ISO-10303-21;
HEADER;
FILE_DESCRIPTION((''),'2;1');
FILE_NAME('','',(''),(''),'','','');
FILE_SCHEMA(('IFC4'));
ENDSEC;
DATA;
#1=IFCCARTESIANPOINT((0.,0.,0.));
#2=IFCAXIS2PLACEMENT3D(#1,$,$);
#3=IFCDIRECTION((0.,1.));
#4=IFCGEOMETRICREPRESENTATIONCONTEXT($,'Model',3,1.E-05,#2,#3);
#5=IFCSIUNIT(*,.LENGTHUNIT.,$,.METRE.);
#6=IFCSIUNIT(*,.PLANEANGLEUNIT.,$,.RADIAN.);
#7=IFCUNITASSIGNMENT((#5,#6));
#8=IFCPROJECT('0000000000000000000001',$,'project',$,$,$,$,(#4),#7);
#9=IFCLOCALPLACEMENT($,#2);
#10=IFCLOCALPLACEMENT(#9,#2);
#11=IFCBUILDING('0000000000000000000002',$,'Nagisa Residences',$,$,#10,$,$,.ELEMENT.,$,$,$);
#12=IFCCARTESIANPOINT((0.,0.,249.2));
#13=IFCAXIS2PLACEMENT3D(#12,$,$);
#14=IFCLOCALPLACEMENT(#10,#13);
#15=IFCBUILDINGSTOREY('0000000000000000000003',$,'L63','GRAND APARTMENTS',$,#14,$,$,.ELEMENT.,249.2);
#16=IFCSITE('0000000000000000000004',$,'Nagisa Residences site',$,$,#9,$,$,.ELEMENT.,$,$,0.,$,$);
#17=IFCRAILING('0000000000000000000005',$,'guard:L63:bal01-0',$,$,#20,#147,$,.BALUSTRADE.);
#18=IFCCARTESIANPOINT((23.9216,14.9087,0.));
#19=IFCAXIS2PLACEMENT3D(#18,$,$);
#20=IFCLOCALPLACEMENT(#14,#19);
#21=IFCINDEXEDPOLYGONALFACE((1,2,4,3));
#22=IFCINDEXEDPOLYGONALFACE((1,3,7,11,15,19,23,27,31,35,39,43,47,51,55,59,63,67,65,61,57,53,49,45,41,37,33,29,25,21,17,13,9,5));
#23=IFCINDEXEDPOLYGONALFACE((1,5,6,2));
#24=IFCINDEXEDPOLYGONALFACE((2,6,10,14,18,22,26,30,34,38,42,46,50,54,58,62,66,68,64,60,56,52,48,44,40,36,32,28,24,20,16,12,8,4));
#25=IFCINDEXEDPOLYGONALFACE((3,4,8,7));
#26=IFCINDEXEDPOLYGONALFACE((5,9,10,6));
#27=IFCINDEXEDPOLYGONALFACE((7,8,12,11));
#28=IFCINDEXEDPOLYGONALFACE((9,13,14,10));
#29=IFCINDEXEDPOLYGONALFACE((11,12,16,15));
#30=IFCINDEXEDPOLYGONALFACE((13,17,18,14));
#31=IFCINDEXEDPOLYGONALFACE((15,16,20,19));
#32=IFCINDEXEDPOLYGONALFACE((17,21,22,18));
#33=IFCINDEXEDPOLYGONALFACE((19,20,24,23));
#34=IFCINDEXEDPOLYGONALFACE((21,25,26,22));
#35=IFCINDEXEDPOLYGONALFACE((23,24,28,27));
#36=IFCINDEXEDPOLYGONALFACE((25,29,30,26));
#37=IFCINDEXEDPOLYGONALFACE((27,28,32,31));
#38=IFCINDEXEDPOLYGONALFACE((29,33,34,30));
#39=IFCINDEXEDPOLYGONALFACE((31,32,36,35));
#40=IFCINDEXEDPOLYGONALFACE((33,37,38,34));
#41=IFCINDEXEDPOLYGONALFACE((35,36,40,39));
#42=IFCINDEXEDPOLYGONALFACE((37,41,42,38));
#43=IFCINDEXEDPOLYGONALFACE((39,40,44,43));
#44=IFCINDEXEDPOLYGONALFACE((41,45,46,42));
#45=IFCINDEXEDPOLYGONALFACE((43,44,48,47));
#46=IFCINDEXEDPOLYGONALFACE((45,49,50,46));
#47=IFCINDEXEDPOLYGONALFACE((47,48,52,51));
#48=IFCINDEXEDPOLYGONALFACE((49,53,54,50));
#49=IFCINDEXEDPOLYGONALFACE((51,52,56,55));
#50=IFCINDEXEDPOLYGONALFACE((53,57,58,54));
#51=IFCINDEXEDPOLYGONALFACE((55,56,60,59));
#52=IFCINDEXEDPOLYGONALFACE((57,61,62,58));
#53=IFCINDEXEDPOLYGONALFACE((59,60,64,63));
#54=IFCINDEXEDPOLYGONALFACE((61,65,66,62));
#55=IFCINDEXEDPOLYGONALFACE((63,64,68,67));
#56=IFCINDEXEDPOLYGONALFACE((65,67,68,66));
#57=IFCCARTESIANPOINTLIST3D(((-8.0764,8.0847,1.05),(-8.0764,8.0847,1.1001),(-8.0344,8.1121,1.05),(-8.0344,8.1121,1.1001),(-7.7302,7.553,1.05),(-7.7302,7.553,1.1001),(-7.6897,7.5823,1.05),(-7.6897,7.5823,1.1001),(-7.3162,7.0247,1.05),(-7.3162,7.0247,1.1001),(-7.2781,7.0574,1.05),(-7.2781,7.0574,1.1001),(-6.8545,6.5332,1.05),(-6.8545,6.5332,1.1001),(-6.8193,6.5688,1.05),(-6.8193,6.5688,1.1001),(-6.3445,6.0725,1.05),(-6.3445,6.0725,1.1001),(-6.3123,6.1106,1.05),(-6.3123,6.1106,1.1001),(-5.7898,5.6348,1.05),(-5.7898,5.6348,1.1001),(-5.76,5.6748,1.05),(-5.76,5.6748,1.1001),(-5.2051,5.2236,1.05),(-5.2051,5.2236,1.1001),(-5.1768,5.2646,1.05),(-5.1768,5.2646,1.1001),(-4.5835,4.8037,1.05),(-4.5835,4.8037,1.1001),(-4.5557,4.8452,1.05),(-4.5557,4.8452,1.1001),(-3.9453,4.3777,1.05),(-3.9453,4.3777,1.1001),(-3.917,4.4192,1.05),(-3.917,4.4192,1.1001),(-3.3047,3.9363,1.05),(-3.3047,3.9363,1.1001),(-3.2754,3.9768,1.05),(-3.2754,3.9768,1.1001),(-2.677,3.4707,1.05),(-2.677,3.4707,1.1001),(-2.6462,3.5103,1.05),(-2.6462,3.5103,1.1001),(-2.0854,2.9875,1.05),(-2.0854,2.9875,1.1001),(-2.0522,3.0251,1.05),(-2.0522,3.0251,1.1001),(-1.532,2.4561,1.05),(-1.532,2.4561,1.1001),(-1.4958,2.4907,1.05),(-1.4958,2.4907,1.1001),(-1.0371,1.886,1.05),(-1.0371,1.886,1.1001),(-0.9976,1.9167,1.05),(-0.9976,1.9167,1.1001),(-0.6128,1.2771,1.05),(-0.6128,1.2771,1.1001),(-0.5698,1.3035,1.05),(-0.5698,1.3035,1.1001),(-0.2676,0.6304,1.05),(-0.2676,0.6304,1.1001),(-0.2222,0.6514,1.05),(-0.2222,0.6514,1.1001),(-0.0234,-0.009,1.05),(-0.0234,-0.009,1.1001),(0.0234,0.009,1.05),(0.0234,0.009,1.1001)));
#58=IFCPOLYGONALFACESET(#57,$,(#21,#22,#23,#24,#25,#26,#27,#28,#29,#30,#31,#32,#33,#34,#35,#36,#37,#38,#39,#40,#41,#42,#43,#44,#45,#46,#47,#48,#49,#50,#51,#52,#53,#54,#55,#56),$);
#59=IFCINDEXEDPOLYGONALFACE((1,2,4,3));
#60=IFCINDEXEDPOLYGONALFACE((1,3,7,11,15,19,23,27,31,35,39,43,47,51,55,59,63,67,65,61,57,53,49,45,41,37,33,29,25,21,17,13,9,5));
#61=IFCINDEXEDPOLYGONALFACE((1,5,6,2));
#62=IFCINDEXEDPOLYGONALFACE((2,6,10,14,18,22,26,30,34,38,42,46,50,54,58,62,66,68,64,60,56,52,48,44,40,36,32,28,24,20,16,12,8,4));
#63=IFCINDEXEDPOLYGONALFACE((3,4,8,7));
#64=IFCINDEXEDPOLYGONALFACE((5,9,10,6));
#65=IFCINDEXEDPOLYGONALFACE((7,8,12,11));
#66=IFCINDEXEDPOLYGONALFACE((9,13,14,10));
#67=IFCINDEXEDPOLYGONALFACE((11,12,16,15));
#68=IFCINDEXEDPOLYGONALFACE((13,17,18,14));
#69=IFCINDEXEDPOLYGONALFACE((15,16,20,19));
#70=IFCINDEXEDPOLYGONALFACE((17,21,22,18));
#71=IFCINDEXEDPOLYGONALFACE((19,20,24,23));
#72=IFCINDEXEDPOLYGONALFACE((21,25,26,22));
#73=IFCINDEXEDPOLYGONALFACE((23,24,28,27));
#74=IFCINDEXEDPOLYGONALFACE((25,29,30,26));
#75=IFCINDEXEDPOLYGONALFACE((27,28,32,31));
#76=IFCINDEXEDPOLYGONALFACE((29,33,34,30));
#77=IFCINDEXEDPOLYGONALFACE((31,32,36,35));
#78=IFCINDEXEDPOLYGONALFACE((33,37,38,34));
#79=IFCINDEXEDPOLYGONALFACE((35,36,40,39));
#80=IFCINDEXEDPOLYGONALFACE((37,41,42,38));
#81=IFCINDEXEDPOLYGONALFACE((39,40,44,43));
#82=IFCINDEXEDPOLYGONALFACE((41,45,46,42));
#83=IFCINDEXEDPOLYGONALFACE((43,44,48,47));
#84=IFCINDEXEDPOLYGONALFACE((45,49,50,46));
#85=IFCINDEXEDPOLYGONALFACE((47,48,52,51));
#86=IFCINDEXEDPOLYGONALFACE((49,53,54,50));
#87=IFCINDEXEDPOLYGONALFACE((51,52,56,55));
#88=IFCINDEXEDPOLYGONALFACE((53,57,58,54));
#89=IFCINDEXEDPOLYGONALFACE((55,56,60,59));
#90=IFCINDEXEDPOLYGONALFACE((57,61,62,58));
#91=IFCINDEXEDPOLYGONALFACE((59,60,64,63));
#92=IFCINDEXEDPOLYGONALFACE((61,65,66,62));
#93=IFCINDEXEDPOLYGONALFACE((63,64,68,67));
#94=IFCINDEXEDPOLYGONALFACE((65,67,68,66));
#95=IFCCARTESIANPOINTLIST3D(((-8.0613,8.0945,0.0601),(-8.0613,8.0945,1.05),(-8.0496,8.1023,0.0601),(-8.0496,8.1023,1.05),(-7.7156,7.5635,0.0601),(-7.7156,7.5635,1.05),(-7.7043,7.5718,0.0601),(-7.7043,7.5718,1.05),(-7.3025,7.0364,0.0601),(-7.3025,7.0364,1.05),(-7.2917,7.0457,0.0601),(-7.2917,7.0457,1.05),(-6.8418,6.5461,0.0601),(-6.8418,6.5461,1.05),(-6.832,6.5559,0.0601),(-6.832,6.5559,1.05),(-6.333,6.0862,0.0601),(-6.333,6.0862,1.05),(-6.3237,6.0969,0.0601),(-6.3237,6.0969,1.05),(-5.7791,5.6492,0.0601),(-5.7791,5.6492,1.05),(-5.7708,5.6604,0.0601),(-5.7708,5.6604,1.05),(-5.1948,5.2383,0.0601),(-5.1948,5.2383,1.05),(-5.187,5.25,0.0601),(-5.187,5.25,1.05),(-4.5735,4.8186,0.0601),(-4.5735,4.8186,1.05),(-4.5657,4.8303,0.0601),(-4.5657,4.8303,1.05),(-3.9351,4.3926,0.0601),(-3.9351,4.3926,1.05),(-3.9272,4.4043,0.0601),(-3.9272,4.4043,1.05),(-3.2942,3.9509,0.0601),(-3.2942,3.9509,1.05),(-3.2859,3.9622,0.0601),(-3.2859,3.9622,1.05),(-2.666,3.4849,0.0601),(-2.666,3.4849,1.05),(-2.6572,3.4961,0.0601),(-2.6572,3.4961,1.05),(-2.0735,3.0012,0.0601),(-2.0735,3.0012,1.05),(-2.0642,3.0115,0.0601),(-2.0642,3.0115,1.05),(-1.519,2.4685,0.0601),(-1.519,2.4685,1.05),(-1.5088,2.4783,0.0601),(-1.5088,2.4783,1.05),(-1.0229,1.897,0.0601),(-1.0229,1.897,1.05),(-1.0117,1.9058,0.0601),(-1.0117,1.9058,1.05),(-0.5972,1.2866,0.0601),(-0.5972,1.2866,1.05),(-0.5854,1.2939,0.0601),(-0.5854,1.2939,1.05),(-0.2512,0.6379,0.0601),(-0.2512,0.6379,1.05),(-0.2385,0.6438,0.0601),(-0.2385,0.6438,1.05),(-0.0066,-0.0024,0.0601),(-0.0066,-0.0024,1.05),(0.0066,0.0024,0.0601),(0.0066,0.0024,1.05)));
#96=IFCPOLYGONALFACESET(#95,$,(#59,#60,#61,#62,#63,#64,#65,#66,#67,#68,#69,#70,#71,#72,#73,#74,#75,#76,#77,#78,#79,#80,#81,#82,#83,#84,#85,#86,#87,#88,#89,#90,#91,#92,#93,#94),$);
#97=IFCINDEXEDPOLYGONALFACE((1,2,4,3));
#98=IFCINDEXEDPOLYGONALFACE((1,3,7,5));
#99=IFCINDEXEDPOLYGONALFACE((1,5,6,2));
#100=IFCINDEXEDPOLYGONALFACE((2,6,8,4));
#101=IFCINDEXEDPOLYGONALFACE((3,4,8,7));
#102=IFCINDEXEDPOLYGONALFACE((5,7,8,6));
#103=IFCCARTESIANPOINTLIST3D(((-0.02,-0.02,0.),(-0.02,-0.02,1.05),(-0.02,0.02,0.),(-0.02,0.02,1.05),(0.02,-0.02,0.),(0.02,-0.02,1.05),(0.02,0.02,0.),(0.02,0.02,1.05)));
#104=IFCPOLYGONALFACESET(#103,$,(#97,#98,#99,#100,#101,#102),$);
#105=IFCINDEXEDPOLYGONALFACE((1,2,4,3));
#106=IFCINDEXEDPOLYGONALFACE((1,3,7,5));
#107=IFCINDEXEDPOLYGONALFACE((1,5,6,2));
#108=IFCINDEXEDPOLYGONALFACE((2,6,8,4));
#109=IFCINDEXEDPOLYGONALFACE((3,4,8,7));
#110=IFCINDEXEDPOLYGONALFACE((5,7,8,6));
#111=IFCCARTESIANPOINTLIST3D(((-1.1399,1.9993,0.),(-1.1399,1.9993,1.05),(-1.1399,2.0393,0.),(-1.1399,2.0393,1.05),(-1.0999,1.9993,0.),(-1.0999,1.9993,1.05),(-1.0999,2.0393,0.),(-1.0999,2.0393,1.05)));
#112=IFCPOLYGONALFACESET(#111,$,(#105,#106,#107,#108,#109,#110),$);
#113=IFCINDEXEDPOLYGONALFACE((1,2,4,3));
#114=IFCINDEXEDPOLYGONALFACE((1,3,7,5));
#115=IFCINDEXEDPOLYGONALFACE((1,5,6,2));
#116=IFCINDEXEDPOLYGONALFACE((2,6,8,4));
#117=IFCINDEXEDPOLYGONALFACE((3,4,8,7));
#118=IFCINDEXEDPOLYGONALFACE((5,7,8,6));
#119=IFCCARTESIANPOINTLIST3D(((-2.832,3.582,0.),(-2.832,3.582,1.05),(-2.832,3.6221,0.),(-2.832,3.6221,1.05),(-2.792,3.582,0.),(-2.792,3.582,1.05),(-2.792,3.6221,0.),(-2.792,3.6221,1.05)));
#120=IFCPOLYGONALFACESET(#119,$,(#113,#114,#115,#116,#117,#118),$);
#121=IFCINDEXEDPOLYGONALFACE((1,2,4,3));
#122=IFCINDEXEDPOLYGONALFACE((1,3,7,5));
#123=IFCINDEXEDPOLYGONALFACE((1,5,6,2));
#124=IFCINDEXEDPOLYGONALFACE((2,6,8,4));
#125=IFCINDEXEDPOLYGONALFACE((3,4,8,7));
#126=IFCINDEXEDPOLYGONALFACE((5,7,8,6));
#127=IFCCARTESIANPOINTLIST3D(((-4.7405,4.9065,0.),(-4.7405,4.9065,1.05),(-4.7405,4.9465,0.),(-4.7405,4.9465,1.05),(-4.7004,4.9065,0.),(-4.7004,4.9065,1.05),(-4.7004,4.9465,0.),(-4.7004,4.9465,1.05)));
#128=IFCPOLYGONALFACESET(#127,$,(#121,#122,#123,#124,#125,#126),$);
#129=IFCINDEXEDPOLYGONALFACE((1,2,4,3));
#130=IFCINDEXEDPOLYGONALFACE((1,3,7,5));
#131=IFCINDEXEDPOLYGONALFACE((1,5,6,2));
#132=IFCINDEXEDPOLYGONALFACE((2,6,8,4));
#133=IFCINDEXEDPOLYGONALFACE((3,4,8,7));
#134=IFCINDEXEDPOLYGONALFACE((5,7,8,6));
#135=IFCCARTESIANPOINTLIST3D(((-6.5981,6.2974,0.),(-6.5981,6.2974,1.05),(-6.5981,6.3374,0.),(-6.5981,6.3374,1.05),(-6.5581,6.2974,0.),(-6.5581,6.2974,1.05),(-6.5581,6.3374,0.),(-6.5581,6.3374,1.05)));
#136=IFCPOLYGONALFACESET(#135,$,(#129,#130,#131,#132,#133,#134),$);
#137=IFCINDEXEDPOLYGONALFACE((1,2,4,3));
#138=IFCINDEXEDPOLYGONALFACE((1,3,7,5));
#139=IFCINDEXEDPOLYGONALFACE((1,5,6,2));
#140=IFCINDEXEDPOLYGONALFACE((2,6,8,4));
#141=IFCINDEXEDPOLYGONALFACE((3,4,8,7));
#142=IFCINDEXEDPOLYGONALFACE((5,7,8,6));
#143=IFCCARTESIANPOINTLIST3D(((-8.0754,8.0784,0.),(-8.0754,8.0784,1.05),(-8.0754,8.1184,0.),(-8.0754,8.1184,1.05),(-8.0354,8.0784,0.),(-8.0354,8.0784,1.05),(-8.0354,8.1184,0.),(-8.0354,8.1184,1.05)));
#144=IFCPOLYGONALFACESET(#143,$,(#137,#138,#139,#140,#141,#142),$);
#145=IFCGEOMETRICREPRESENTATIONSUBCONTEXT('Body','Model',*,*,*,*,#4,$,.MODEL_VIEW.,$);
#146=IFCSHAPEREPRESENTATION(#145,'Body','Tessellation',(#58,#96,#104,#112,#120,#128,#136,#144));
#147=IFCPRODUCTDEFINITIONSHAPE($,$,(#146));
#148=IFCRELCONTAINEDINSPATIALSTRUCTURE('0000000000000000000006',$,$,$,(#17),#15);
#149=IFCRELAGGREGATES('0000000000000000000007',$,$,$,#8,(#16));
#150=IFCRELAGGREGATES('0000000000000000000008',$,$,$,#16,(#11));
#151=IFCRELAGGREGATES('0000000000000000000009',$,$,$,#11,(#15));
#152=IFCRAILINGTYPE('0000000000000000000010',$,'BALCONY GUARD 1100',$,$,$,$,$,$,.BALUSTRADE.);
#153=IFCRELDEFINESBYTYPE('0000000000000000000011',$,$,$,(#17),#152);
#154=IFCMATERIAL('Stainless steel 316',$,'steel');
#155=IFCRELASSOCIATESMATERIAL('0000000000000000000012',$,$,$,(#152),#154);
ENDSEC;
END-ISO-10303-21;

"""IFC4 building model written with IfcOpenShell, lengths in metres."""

from ifc_helpers import new_model, si_unit, direction, frame, origin, origin_2d, place, context, subcontext, project, spatial, polyline, rectangle, outline, extrude, material, type_object, element, save


model = new_model("IFC4")

# Units and contexts
model_context = context("Model", 3, precision=1e-05, world=origin(), true_north=direction((0.0, 1.0)))
body_context = subcontext(model_context, "Body", "Model", "MODEL_VIEW")
ifc_project = project(units=[si_unit("LENGTHUNIT", "METRE"), si_unit("PLANEANGLEUNIT", "RADIAN")], contexts=[model_context])

# Site, building, storey
site_placement = place(None, origin())
site = spatial("IfcSite", under=ifc_project, at=site_placement, Name="Nagisa Residences site", CompositionType="ELEMENT", RefElevation=0.0)
building_placement = place(site_placement, origin())
building = spatial("IfcBuilding", under=site, at=building_placement, Name="Nagisa Residences", CompositionType="ELEMENT")
storey_placement = place(building_placement, frame((0.0, 0.0, 249.2)))
storey = spatial("IfcBuildingStorey", under=building, at=storey_placement, Name="L63", Description="GRAND APARTMENTS", CompositionType="ELEMENT", Elevation=249.2)

# Railing
ifc_material_1 = material(Name="Stainless steel 316", Category="steel")
railing_type = type_object("IfcRailingType", Name="BALCONY GUARD 1100", PredefinedType="BALUSTRADE", material=ifc_material_1)
railing_1_placement = place(storey_placement, frame((23.9216, 14.9087, 0.0)))
element("IfcRailing", 1, at=railing_1_placement, inside=storey, type_object=railing_type, Name="guard:L63:bal01-0", PredefinedType="BALUSTRADE", context=body_context, shape_type="SweptSolid", body=[
    extrude(outline(polyline([(-0.2676, 0.6304), (-0.0234, -0.009), (0.0234, 0.009), (-0.2222, 0.6514), (-0.5698, 1.3035), (-0.9976, 1.9167), (-1.4958, 2.4907), (-2.0522, 3.0251), (-2.6462, 3.5103), (-3.2754, 3.9768), (-3.917, 4.4192), (-4.5557, 4.8452), (-5.1768, 5.2646), (-5.76, 5.6748), (-6.3123, 6.1106), (-6.8193, 6.5688), (-7.2781, 7.0574), (-7.6897, 7.5823), (-8.0344, 8.1121), (-8.0764, 8.0847), (-7.7302, 7.553), (-7.3162, 7.0247), (-6.8545, 6.5332), (-6.3445, 6.0725), (-5.7898, 5.6348), (-5.2051, 5.2236), (-4.5835, 4.8037), (-3.9453, 4.3777), (-3.3047, 3.9363), (-2.677, 3.4707), (-2.0854, 2.9875), (-1.532, 2.4561), (-1.0371, 1.886), (-0.6128, 1.2771), (-0.2676, 0.6304)])), frame((0.0, 0.0, 1.05)), (0.0, 0.0, 1.0), 0.05),
    extrude(outline(polyline([(-0.2512, 0.6379), (-0.0066, -0.0024), (0.0066, 0.0024), (-0.2385, 0.6438), (-0.5854, 1.2939), (-1.0117, 1.9058), (-1.5088, 2.4783), (-2.0642, 3.0115), (-2.6572, 3.4961), (-3.2859, 3.9622), (-3.9272, 4.4043), (-4.5657, 4.8303), (-5.187, 5.25), (-5.7708, 5.6604), (-6.3237, 6.0969), (-6.832, 6.5559), (-7.2917, 7.0457), (-7.7043, 7.5718), (-8.0496, 8.1023), (-8.0613, 8.0945), (-7.7156, 7.5635), (-7.3025, 7.0364), (-6.8418, 6.5461), (-6.333, 6.0862), (-5.7791, 5.6492), (-5.1948, 5.2383), (-4.5735, 4.8186), (-3.9351, 4.3926), (-3.2942, 3.9509), (-2.666, 3.4849), (-2.0735, 3.0012), (-1.519, 2.4685), (-1.0229, 1.897), (-0.5972, 1.2866), (-0.2512, 0.6379)])), frame((0.0, 0.0, 0.0601)), (0.0, 0.0, 1.0), 0.99),
    extrude(rectangle(XDim=0.04, YDim=0.04, at=origin_2d()), origin(), (0.0, 0.0, 1.0), 1.05),
    extrude(rectangle(XDim=0.04, YDim=0.04, at=origin_2d()), frame((-1.1199, 2.0193, 0.0)), (0.0, 0.0, 1.0), 1.05),
    extrude(rectangle(XDim=0.04, YDim=0.04, at=origin_2d()), frame((-2.812, 3.6021, 0.0)), (0.0, 0.0, 1.0), 1.05),
    extrude(rectangle(XDim=0.04, YDim=0.04, at=origin_2d()), frame((-4.7205, 4.9265, 0.0)), (0.0, 0.0, 1.0), 1.05),
    extrude(rectangle(XDim=0.04, YDim=0.04, at=origin_2d()), frame((-6.5781, 6.3174, 0.0)), (0.0, 0.0, 1.0), 1.05),
    extrude(rectangle(XDim=0.04, YDim=0.04, at=origin_2d()), frame((-8.0554, 8.0984, 0.0)), (0.0, 0.0, 1.0), 1.05),
])

save(model, "model.ifc")
